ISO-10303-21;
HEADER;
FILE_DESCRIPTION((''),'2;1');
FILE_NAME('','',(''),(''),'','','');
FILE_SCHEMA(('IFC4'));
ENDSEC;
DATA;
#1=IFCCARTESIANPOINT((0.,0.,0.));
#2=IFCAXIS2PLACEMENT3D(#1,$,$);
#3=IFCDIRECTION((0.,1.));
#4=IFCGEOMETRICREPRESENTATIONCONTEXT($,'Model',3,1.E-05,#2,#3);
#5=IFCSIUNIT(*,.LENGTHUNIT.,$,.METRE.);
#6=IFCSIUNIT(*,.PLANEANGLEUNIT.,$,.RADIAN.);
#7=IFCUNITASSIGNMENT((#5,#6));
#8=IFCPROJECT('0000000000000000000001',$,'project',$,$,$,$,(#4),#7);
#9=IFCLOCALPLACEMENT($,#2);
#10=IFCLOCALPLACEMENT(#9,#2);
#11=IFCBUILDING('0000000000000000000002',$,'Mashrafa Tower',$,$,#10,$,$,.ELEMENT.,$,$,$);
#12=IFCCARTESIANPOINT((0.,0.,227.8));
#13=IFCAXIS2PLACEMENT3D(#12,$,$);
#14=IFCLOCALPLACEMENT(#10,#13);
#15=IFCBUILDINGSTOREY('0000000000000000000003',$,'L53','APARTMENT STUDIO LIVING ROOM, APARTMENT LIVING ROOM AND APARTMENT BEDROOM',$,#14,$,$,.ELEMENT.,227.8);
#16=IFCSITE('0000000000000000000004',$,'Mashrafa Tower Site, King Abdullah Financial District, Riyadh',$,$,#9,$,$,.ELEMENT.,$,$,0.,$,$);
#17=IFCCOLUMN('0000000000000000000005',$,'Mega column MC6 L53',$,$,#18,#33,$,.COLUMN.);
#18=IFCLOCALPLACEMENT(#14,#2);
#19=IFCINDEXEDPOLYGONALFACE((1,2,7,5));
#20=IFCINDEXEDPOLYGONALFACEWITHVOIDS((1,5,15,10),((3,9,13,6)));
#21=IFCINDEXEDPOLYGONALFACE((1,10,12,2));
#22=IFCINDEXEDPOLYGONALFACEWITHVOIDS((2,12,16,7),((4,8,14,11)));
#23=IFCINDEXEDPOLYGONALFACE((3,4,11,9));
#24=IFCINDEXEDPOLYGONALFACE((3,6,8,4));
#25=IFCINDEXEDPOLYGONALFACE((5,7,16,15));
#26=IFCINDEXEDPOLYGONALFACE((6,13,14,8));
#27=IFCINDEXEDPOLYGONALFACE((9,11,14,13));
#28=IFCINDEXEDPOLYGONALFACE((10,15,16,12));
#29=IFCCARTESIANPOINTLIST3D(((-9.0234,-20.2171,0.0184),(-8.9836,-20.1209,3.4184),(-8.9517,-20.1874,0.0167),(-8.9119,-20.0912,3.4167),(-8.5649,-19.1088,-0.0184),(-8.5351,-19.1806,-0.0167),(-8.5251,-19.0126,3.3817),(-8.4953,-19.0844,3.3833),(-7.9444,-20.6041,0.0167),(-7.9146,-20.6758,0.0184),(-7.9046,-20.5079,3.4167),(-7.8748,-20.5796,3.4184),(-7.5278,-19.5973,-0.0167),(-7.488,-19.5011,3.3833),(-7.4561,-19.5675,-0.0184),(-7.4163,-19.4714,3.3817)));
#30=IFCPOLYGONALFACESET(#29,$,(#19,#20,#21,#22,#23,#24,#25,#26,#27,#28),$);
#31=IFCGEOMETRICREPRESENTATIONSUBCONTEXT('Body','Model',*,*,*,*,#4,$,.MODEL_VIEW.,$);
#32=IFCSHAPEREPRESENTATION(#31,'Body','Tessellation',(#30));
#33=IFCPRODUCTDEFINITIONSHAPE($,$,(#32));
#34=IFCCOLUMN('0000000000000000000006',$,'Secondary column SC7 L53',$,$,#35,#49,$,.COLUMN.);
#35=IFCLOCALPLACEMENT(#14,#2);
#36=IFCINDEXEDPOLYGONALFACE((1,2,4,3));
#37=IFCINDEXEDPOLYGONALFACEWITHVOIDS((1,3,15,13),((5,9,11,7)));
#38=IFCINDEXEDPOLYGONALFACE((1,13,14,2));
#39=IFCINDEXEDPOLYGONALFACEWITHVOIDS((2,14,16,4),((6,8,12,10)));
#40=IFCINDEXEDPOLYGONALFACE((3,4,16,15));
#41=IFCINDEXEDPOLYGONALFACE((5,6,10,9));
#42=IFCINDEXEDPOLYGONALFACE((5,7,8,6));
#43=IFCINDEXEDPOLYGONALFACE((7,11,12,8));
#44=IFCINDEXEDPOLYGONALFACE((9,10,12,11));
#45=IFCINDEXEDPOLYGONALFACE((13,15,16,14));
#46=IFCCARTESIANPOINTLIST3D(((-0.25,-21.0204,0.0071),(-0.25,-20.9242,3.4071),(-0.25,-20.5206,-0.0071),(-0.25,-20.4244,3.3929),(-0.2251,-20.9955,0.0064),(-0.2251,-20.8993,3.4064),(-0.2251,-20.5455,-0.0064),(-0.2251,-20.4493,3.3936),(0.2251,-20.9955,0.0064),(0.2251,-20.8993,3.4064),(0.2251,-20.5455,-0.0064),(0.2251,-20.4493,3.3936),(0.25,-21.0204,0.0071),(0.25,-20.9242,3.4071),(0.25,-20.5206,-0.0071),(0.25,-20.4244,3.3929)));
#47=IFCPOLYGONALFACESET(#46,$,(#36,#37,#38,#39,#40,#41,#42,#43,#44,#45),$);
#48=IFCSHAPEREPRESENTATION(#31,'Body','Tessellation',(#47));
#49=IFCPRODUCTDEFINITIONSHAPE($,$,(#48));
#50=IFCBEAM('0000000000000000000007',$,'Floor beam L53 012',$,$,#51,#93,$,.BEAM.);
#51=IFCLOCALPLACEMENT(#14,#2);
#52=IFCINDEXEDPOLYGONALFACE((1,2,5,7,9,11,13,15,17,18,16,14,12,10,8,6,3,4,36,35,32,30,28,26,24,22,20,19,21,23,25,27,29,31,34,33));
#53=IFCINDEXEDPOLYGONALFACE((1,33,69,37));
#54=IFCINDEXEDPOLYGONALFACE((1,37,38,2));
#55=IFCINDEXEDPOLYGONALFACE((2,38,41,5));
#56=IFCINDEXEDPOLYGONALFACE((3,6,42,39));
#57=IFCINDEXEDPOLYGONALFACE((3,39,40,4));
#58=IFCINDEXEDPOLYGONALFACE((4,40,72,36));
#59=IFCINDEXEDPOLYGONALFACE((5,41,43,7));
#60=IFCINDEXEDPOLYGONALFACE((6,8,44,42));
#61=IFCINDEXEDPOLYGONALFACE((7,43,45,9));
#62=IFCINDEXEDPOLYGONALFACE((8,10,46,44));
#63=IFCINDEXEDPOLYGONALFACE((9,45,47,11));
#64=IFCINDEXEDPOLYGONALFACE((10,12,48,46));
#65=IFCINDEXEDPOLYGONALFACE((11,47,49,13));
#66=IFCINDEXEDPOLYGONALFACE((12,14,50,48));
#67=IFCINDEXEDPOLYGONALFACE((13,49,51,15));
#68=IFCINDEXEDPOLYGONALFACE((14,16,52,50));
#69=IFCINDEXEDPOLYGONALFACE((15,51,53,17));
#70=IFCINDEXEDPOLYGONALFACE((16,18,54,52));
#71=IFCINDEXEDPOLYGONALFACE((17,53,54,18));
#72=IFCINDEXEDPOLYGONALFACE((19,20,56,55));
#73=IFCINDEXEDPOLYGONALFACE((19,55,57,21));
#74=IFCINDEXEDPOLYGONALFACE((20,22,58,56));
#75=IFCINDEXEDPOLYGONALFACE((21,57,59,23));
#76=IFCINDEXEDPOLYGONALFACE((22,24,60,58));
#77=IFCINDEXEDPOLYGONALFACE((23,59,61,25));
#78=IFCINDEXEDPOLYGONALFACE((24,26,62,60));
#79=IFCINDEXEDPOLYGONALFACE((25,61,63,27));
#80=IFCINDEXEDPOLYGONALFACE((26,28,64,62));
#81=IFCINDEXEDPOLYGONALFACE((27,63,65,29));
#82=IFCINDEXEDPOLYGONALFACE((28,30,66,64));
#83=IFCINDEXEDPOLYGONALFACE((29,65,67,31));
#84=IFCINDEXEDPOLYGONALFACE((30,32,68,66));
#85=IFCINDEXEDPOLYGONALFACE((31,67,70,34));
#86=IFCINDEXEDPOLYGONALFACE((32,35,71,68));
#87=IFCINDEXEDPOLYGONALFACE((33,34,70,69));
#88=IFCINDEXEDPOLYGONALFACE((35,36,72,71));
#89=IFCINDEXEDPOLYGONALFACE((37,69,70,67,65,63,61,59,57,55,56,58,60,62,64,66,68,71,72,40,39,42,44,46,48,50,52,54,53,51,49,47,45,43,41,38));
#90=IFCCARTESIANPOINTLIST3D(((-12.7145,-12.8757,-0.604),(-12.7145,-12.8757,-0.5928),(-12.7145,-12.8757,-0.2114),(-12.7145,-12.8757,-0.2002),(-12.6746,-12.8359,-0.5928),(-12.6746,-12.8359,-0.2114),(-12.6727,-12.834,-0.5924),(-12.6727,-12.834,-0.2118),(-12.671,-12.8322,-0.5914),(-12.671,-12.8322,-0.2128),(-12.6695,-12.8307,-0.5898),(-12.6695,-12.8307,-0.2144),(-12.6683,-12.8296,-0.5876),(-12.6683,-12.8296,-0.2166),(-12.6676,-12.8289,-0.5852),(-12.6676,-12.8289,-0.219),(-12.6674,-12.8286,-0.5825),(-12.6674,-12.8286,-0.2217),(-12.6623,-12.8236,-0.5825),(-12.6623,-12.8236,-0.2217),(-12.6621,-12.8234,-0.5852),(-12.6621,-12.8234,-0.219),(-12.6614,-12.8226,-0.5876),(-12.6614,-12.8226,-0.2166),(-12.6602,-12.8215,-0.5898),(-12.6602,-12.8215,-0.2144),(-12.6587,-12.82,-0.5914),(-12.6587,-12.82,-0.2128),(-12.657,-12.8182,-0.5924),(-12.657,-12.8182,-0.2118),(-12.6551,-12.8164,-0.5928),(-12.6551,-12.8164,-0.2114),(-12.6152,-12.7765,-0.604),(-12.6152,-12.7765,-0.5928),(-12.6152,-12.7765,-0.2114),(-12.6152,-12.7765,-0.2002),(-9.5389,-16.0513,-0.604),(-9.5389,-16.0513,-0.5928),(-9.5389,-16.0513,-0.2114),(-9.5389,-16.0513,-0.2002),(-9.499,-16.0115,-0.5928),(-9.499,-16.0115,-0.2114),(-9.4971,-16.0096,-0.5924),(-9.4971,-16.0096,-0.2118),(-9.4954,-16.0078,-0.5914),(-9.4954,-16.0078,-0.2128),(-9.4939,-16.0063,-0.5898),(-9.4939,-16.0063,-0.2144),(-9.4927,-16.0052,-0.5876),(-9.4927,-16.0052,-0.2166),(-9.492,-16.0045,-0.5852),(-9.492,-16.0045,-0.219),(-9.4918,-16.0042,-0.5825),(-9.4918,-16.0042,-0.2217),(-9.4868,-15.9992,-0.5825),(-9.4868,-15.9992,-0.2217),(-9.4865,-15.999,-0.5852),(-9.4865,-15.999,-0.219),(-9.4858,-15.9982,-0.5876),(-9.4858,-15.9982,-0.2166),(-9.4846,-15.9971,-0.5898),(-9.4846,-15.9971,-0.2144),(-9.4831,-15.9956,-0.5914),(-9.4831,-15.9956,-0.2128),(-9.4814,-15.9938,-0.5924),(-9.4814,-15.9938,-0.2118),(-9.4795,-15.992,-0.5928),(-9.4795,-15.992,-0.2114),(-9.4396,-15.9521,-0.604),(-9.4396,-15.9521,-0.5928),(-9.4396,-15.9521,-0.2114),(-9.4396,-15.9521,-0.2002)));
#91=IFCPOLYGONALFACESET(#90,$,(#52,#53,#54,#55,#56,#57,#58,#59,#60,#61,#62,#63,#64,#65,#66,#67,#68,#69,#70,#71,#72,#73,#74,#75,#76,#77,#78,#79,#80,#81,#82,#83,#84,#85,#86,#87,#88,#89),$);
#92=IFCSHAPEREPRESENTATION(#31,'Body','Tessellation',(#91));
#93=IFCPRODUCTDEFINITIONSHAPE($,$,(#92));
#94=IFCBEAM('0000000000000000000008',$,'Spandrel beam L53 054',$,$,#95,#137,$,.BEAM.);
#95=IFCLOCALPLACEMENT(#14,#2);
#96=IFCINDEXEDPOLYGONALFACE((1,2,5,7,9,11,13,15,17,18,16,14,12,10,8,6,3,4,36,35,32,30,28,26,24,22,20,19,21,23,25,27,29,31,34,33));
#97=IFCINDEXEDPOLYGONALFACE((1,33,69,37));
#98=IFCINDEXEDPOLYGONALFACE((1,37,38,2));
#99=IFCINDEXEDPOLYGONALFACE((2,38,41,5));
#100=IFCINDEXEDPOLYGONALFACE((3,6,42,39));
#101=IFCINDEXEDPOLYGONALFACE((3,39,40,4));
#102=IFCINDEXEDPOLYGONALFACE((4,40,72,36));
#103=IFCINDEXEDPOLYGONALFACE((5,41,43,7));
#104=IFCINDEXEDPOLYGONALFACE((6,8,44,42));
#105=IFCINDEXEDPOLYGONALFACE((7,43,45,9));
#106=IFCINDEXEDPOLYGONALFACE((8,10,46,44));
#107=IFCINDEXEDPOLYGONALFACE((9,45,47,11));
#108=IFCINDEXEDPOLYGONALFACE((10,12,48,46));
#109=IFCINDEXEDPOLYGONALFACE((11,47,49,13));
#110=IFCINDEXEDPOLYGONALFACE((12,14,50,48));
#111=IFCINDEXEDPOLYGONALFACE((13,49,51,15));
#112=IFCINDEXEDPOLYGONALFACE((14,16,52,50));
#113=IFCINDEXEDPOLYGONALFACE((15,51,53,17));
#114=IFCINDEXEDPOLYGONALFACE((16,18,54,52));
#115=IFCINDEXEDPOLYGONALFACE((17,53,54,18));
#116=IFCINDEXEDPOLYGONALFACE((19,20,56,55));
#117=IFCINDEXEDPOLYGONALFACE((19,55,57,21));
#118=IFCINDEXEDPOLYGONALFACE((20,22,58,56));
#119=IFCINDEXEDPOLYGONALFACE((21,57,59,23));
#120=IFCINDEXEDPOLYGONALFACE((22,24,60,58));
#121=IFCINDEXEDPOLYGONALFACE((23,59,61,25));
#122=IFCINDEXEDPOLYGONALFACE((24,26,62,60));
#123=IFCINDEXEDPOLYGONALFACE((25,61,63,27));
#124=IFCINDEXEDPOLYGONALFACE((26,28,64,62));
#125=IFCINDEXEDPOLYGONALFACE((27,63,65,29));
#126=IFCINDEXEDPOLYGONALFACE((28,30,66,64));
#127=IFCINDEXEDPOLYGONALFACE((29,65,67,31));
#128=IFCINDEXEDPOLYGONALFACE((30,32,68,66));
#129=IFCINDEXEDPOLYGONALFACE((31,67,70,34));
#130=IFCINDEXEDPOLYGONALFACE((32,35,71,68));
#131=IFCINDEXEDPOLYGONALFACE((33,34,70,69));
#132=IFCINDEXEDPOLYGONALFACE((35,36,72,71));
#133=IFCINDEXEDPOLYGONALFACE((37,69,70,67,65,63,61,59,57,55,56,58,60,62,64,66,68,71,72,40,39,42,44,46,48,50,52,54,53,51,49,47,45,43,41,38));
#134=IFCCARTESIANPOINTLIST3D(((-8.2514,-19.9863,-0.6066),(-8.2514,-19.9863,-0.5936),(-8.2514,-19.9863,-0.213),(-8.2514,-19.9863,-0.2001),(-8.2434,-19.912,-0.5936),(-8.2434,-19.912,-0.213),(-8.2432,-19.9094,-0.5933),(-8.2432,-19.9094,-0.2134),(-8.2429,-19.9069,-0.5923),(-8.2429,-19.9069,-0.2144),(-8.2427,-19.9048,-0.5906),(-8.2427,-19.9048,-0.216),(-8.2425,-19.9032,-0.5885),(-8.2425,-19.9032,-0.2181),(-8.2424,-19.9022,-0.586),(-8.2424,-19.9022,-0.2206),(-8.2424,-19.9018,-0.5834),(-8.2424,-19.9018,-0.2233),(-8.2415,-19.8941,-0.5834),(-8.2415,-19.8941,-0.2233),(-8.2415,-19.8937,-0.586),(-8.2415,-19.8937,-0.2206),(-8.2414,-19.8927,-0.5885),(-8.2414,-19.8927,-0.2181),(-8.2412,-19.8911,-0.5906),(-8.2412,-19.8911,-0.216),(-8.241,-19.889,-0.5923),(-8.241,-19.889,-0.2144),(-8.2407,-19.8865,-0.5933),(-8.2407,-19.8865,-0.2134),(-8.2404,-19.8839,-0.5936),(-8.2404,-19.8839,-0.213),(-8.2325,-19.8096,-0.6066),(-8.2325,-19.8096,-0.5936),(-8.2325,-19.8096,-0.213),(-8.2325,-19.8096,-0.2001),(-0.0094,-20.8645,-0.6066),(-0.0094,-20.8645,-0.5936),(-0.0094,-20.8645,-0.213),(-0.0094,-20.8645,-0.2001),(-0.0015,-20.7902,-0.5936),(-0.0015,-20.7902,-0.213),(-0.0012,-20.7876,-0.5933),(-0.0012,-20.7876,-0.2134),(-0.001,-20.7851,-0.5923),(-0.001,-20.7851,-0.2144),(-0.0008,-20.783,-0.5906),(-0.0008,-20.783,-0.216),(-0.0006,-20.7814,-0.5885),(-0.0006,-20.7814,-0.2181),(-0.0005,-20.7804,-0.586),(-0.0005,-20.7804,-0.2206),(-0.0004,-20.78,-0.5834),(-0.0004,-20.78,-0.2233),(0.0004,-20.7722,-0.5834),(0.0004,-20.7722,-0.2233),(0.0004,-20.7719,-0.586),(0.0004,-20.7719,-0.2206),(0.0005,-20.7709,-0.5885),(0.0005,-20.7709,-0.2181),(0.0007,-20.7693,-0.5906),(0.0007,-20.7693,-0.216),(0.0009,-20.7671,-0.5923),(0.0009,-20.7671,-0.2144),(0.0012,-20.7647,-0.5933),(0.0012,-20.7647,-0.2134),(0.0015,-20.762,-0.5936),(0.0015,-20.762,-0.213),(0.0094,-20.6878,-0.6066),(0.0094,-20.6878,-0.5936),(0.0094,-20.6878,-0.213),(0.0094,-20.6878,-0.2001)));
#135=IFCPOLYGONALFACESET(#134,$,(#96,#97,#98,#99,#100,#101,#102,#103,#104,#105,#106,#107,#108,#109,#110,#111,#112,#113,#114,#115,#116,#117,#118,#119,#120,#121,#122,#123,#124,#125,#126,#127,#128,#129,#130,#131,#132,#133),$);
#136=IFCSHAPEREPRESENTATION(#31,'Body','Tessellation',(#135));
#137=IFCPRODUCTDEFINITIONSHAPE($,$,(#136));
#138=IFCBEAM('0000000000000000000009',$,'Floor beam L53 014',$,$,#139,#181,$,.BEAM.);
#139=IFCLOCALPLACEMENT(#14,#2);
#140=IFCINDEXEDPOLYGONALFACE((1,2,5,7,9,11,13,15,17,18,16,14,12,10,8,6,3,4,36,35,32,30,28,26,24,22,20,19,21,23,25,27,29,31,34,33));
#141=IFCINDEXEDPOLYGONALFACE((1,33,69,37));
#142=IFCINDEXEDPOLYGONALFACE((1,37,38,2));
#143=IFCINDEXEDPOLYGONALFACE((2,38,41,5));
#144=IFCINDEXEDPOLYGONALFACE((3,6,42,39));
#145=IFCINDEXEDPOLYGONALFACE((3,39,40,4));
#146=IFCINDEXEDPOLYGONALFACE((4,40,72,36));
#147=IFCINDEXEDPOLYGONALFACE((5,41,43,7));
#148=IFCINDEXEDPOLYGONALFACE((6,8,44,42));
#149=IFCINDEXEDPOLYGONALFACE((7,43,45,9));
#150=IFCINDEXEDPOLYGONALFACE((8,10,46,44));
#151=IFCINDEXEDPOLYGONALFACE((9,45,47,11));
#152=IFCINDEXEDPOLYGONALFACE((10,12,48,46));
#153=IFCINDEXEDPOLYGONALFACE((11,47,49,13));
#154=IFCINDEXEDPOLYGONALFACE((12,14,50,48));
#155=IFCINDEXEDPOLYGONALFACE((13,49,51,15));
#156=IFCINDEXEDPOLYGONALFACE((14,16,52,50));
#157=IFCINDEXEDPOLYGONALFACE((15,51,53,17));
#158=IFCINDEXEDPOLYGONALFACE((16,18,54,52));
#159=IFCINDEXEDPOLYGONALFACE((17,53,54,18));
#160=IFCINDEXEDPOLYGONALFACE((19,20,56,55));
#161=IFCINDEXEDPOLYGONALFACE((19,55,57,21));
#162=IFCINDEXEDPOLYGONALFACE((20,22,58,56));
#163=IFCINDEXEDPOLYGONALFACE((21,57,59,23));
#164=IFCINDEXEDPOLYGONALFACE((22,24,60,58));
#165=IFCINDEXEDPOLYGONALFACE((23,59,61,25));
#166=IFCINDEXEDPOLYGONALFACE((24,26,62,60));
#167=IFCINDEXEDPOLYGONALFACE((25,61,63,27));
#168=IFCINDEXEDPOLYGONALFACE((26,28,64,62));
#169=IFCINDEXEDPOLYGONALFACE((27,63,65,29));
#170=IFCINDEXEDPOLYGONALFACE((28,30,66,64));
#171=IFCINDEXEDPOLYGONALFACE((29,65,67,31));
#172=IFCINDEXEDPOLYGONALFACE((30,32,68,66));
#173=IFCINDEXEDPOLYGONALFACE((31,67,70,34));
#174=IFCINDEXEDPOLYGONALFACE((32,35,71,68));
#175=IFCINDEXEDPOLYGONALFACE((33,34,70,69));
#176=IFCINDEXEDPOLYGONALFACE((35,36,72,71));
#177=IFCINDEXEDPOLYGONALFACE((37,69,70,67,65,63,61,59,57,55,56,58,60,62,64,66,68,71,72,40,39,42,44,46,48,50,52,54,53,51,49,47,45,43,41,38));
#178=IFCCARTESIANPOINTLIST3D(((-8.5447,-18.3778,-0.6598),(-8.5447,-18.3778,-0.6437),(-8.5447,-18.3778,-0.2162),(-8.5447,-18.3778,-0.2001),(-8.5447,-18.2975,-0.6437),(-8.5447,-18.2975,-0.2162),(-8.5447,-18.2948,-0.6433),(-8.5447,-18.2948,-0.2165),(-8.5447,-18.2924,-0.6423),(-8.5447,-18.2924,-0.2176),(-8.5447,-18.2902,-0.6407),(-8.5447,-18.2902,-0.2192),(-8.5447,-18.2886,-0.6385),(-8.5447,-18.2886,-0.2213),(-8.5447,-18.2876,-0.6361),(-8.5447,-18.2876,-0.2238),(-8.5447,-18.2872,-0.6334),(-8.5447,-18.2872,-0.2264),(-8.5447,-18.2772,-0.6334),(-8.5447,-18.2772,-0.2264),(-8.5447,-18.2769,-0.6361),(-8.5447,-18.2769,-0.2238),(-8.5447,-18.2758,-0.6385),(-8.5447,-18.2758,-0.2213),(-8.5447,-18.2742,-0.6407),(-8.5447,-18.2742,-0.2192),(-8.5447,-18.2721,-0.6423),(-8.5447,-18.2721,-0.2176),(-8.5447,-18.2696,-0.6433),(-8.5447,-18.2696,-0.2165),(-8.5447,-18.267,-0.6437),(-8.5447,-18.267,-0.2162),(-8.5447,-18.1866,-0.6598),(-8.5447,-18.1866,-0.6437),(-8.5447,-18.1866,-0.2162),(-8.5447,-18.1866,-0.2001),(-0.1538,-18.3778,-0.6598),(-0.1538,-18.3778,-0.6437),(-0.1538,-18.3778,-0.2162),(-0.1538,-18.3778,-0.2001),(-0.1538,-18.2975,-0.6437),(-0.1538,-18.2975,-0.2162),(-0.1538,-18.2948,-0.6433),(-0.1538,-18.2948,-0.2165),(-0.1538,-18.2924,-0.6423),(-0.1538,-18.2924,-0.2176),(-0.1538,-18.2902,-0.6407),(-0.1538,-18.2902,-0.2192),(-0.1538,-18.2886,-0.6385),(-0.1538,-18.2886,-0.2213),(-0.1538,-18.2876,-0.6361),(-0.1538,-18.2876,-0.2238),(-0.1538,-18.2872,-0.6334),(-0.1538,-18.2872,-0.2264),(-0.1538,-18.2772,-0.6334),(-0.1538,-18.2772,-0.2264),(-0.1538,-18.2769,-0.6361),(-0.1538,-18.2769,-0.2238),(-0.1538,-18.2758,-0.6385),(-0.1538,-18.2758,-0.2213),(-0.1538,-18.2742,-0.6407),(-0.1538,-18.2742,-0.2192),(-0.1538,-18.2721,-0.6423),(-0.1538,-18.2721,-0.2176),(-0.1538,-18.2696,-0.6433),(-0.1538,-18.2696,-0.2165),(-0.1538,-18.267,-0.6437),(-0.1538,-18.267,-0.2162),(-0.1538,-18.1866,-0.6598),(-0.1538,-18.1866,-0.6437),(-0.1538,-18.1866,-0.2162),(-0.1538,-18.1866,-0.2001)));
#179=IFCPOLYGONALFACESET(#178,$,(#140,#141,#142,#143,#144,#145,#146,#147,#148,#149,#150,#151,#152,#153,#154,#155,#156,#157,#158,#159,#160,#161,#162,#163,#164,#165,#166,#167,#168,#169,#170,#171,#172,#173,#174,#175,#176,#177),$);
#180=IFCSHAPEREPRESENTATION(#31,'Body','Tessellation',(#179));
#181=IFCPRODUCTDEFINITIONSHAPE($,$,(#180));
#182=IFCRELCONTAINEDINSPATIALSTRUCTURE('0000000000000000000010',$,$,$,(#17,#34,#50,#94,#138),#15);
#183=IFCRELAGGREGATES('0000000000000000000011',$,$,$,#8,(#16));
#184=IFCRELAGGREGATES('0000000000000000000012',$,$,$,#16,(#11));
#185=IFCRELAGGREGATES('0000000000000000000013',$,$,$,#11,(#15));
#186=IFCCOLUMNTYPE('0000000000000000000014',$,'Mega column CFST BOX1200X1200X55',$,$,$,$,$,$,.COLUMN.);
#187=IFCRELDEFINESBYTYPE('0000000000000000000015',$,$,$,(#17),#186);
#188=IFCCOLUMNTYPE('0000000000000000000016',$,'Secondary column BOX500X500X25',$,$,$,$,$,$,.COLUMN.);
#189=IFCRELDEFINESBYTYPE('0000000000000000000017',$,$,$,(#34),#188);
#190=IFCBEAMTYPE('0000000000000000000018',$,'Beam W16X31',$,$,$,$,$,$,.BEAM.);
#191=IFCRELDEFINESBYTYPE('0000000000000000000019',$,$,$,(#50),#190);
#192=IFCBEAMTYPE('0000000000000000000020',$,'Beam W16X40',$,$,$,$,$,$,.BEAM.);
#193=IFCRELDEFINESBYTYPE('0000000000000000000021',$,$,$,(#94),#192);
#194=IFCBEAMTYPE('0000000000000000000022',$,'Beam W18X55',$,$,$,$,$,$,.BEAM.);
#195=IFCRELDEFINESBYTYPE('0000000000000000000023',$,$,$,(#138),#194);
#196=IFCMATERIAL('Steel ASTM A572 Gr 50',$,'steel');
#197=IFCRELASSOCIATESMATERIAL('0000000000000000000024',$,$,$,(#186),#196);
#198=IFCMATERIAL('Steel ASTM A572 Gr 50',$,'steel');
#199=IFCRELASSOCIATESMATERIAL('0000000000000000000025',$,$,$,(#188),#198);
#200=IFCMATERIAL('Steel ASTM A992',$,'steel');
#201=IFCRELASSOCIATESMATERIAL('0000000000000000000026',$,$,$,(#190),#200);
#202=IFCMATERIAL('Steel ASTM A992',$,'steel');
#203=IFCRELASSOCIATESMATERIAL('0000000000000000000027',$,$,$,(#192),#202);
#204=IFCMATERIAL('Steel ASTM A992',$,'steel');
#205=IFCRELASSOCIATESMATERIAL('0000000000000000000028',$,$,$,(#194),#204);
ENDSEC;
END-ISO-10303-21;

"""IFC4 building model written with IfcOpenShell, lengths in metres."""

from ifc_helpers import new_model, si_unit, direction, frame, origin, origin_2d, place, context, subcontext, project, spatial, hollow_rectangle, i_section, extrude, material, material_profile, profile_set, type_object, element, save


model = new_model("IFC4")

# Units and contexts
model_context = context("Model", 3, precision=1e-05, world=origin(), true_north=direction((0.0, 1.0)))
body_context = subcontext(model_context, "Body", "Model", "MODEL_VIEW")
ifc_project = project(units=[si_unit("LENGTHUNIT", "METRE"), si_unit("PLANEANGLEUNIT", "RADIAN")], contexts=[model_context])

# Site, building, storey
site_placement = place(None, origin())
site = spatial("IfcSite", under=ifc_project, at=site_placement, Name="Mashrafa Tower Site, King Abdullah Financial District, Riyadh", CompositionType="ELEMENT", RefElevation=0.0)
building_placement = place(site_placement, origin())
building = spatial("IfcBuilding", under=site, at=building_placement, Name="Mashrafa Tower", CompositionType="ELEMENT")
storey_placement = place(building_placement, frame((0.0, 0.0, 227.8)))
storey = spatial("IfcBuildingStorey", under=building, at=storey_placement, Name="L53", Description="APARTMENT STUDIO LIVING ROOM, APARTMENT LIVING ROOM AND APARTMENT BEDROOM", CompositionType="ELEMENT", Elevation=227.8)

# Columns
ifc_material_1 = material(Name="Steel ASTM A572 Gr 50", Category="steel")
ifc_material_profile_1 = material_profile(ifc_material_1, hollow_rectangle(XDim=1.2, YDim=1.2, WallThickness=0.0549, at=origin_2d()), Name="BOX1200X1200X55")
ifc_profile_set_1 = profile_set([ifc_material_profile_1], Name="Steel ASTM A572 Gr 50")
column_type_1 = type_object("IfcColumnType", Name="Mega column CFST BOX1200X1200X55", PredefinedType="COLUMN", material=ifc_profile_set_1)
column_1_placement = place(storey_placement, frame((-8.2397, -19.8923, 0.0), z_axis=(0.011699, 0.028279, 0.999532), x_axis=(-0.924045, 0.382283, 0.0)))
element("IfcColumn", 1, at=column_1_placement, inside=storey, type_object=column_type_1, Name="Mega column MC6 L53", PredefinedType="COLUMN", context=body_context, shape_type="SweptSolid", body=[
    extrude(hollow_rectangle(XDim=1.2, YDim=1.2, WallThickness=0.0549, at=origin_2d()), origin(), (0.0, 0.0, 1.0), 3.4016),
])
ifc_material_2 = material(Name="Steel ASTM A572 Gr 50", Category="steel")
ifc_material_profile_2 = material_profile(ifc_material_2, hollow_rectangle(XDim=0.5, YDim=0.5, WallThickness=0.0249, at=origin_2d()), Name="BOX500X500X25")
ifc_profile_set_2 = profile_set([ifc_material_profile_2], Name="Steel ASTM A572 Gr 50")
column_type_2 = type_object("IfcColumnType", Name="Secondary column BOX500X500X25", PredefinedType="COLUMN", material=ifc_profile_set_2)
column_2_placement = place(storey_placement, frame((0.0, -20.7705, 0.0), z_axis=(0.0, 0.028281, 0.9996), x_axis=(-1.0, 0.0, 0.0)))
element("IfcColumn", 2, at=column_2_placement, inside=storey, type_object=column_type_2, Name="Secondary column SC7 L53", PredefinedType="COLUMN", context=body_context, shape_type="SweptSolid", body=[
    extrude(hollow_rectangle(XDim=0.5, YDim=0.5, WallThickness=0.0249, at=origin_2d()), origin(), (0.0, 0.0, 1.0), 3.4014),
])

# Beams
ifc_material_3 = material(Name="Steel ASTM A992", Category="steel")
ifc_material_profile_3 = material_profile(ifc_material_3, i_section(OverallWidth=0.1404, OverallDepth=0.4038, WebThickness=0.0071, FlangeThickness=0.0112, FilletRadius=0.0103, at=origin_2d()), Name="W16X31")
ifc_profile_set_3 = profile_set([ifc_material_profile_3], Name="Steel ASTM A992")
beam_type_1 = type_object("IfcBeamType", Name="Beam W16X31", PredefinedType="BEAM", material=ifc_profile_set_3)
beam_1_placement = place(storey_placement, frame((-9.4893, -16.0017, -0.4021), z_axis=(-0.707107, 0.707107, 0.0), x_axis=(-0.707107, -0.707107, 0.0)))
element("IfcBeam", 3, at=beam_1_placement, inside=storey, type_object=beam_type_1, Name="Floor beam L53 012", PredefinedType="BEAM", context=body_context, shape_type="SweptSolid", body=[
    extrude(i_section(OverallWidth=0.1404, OverallDepth=0.4038, WebThickness=0.0071, FlangeThickness=0.0112, FilletRadius=0.0103, at=origin_2d()), origin(), (0.0, 0.0, 1.0), 4.491),
])
ifc_material_4 = material(Name="Steel ASTM A992", Category="steel")
ifc_material_profile_4 = material_profile(ifc_material_4, i_section(OverallWidth=0.1777, OverallDepth=0.4065, WebThickness=0.0078, FlangeThickness=0.0129, FilletRadius=0.0103, at=origin_2d()), Name="W16X40")
ifc_profile_set_4 = profile_set([ifc_material_profile_4], Name="Steel ASTM A992")
beam_type_2 = type_object("IfcBeamType", Name="Beam W16X40", PredefinedType="BEAM", material=ifc_profile_set_4)
beam_2_placement = place(storey_placement, frame((-8.2419, -19.8979, -0.4033), z_axis=(0.994371, -0.10595, 0.0), x_axis=(0.10595, 0.994371, 0.0)))
element("IfcBeam", 4, at=beam_2_placement, inside=storey, type_object=beam_type_2, Name="Spandrel beam L53 054", PredefinedType="BEAM", context=body_context, shape_type="SweptSolid", body=[
    extrude(i_section(OverallWidth=0.1777, OverallDepth=0.4065, WebThickness=0.0078, FlangeThickness=0.0129, FilletRadius=0.0103, at=origin_2d()), origin(), (0.0, 0.0, 1.0), 8.2886),
])
ifc_material_5 = material(Name="Steel ASTM A992", Category="steel")
ifc_material_profile_5 = material_profile(ifc_material_5, i_section(OverallWidth=0.1912, OverallDepth=0.4597, WebThickness=0.01, FlangeThickness=0.0161, FilletRadius=0.0103, at=origin_2d()), Name="W18X55")
ifc_profile_set_5 = profile_set([ifc_material_profile_5], Name="Steel ASTM A992")
beam_type_3 = type_object("IfcBeamType", Name="Beam W18X55", PredefinedType="BEAM", material=ifc_profile_set_5)
beam_3_placement = place(storey_placement, frame((-0.1538, -18.2822, -0.4299), z_axis=(-1.0, 0.0, 0.0), x_axis=(0.0, -1.0, 0.0)))
element("IfcBeam", 5, at=beam_3_placement, inside=storey, type_object=beam_type_3, Name="Floor beam L53 014", PredefinedType="BEAM", context=body_context, shape_type="SweptSolid", body=[
    extrude(i_section(OverallWidth=0.1912, OverallDepth=0.4597, WebThickness=0.01, FlangeThickness=0.0161, FilletRadius=0.0103, at=origin_2d()), origin(), (0.0, 0.0, 1.0), 8.3909),
])

save(model, "model.ifc")
